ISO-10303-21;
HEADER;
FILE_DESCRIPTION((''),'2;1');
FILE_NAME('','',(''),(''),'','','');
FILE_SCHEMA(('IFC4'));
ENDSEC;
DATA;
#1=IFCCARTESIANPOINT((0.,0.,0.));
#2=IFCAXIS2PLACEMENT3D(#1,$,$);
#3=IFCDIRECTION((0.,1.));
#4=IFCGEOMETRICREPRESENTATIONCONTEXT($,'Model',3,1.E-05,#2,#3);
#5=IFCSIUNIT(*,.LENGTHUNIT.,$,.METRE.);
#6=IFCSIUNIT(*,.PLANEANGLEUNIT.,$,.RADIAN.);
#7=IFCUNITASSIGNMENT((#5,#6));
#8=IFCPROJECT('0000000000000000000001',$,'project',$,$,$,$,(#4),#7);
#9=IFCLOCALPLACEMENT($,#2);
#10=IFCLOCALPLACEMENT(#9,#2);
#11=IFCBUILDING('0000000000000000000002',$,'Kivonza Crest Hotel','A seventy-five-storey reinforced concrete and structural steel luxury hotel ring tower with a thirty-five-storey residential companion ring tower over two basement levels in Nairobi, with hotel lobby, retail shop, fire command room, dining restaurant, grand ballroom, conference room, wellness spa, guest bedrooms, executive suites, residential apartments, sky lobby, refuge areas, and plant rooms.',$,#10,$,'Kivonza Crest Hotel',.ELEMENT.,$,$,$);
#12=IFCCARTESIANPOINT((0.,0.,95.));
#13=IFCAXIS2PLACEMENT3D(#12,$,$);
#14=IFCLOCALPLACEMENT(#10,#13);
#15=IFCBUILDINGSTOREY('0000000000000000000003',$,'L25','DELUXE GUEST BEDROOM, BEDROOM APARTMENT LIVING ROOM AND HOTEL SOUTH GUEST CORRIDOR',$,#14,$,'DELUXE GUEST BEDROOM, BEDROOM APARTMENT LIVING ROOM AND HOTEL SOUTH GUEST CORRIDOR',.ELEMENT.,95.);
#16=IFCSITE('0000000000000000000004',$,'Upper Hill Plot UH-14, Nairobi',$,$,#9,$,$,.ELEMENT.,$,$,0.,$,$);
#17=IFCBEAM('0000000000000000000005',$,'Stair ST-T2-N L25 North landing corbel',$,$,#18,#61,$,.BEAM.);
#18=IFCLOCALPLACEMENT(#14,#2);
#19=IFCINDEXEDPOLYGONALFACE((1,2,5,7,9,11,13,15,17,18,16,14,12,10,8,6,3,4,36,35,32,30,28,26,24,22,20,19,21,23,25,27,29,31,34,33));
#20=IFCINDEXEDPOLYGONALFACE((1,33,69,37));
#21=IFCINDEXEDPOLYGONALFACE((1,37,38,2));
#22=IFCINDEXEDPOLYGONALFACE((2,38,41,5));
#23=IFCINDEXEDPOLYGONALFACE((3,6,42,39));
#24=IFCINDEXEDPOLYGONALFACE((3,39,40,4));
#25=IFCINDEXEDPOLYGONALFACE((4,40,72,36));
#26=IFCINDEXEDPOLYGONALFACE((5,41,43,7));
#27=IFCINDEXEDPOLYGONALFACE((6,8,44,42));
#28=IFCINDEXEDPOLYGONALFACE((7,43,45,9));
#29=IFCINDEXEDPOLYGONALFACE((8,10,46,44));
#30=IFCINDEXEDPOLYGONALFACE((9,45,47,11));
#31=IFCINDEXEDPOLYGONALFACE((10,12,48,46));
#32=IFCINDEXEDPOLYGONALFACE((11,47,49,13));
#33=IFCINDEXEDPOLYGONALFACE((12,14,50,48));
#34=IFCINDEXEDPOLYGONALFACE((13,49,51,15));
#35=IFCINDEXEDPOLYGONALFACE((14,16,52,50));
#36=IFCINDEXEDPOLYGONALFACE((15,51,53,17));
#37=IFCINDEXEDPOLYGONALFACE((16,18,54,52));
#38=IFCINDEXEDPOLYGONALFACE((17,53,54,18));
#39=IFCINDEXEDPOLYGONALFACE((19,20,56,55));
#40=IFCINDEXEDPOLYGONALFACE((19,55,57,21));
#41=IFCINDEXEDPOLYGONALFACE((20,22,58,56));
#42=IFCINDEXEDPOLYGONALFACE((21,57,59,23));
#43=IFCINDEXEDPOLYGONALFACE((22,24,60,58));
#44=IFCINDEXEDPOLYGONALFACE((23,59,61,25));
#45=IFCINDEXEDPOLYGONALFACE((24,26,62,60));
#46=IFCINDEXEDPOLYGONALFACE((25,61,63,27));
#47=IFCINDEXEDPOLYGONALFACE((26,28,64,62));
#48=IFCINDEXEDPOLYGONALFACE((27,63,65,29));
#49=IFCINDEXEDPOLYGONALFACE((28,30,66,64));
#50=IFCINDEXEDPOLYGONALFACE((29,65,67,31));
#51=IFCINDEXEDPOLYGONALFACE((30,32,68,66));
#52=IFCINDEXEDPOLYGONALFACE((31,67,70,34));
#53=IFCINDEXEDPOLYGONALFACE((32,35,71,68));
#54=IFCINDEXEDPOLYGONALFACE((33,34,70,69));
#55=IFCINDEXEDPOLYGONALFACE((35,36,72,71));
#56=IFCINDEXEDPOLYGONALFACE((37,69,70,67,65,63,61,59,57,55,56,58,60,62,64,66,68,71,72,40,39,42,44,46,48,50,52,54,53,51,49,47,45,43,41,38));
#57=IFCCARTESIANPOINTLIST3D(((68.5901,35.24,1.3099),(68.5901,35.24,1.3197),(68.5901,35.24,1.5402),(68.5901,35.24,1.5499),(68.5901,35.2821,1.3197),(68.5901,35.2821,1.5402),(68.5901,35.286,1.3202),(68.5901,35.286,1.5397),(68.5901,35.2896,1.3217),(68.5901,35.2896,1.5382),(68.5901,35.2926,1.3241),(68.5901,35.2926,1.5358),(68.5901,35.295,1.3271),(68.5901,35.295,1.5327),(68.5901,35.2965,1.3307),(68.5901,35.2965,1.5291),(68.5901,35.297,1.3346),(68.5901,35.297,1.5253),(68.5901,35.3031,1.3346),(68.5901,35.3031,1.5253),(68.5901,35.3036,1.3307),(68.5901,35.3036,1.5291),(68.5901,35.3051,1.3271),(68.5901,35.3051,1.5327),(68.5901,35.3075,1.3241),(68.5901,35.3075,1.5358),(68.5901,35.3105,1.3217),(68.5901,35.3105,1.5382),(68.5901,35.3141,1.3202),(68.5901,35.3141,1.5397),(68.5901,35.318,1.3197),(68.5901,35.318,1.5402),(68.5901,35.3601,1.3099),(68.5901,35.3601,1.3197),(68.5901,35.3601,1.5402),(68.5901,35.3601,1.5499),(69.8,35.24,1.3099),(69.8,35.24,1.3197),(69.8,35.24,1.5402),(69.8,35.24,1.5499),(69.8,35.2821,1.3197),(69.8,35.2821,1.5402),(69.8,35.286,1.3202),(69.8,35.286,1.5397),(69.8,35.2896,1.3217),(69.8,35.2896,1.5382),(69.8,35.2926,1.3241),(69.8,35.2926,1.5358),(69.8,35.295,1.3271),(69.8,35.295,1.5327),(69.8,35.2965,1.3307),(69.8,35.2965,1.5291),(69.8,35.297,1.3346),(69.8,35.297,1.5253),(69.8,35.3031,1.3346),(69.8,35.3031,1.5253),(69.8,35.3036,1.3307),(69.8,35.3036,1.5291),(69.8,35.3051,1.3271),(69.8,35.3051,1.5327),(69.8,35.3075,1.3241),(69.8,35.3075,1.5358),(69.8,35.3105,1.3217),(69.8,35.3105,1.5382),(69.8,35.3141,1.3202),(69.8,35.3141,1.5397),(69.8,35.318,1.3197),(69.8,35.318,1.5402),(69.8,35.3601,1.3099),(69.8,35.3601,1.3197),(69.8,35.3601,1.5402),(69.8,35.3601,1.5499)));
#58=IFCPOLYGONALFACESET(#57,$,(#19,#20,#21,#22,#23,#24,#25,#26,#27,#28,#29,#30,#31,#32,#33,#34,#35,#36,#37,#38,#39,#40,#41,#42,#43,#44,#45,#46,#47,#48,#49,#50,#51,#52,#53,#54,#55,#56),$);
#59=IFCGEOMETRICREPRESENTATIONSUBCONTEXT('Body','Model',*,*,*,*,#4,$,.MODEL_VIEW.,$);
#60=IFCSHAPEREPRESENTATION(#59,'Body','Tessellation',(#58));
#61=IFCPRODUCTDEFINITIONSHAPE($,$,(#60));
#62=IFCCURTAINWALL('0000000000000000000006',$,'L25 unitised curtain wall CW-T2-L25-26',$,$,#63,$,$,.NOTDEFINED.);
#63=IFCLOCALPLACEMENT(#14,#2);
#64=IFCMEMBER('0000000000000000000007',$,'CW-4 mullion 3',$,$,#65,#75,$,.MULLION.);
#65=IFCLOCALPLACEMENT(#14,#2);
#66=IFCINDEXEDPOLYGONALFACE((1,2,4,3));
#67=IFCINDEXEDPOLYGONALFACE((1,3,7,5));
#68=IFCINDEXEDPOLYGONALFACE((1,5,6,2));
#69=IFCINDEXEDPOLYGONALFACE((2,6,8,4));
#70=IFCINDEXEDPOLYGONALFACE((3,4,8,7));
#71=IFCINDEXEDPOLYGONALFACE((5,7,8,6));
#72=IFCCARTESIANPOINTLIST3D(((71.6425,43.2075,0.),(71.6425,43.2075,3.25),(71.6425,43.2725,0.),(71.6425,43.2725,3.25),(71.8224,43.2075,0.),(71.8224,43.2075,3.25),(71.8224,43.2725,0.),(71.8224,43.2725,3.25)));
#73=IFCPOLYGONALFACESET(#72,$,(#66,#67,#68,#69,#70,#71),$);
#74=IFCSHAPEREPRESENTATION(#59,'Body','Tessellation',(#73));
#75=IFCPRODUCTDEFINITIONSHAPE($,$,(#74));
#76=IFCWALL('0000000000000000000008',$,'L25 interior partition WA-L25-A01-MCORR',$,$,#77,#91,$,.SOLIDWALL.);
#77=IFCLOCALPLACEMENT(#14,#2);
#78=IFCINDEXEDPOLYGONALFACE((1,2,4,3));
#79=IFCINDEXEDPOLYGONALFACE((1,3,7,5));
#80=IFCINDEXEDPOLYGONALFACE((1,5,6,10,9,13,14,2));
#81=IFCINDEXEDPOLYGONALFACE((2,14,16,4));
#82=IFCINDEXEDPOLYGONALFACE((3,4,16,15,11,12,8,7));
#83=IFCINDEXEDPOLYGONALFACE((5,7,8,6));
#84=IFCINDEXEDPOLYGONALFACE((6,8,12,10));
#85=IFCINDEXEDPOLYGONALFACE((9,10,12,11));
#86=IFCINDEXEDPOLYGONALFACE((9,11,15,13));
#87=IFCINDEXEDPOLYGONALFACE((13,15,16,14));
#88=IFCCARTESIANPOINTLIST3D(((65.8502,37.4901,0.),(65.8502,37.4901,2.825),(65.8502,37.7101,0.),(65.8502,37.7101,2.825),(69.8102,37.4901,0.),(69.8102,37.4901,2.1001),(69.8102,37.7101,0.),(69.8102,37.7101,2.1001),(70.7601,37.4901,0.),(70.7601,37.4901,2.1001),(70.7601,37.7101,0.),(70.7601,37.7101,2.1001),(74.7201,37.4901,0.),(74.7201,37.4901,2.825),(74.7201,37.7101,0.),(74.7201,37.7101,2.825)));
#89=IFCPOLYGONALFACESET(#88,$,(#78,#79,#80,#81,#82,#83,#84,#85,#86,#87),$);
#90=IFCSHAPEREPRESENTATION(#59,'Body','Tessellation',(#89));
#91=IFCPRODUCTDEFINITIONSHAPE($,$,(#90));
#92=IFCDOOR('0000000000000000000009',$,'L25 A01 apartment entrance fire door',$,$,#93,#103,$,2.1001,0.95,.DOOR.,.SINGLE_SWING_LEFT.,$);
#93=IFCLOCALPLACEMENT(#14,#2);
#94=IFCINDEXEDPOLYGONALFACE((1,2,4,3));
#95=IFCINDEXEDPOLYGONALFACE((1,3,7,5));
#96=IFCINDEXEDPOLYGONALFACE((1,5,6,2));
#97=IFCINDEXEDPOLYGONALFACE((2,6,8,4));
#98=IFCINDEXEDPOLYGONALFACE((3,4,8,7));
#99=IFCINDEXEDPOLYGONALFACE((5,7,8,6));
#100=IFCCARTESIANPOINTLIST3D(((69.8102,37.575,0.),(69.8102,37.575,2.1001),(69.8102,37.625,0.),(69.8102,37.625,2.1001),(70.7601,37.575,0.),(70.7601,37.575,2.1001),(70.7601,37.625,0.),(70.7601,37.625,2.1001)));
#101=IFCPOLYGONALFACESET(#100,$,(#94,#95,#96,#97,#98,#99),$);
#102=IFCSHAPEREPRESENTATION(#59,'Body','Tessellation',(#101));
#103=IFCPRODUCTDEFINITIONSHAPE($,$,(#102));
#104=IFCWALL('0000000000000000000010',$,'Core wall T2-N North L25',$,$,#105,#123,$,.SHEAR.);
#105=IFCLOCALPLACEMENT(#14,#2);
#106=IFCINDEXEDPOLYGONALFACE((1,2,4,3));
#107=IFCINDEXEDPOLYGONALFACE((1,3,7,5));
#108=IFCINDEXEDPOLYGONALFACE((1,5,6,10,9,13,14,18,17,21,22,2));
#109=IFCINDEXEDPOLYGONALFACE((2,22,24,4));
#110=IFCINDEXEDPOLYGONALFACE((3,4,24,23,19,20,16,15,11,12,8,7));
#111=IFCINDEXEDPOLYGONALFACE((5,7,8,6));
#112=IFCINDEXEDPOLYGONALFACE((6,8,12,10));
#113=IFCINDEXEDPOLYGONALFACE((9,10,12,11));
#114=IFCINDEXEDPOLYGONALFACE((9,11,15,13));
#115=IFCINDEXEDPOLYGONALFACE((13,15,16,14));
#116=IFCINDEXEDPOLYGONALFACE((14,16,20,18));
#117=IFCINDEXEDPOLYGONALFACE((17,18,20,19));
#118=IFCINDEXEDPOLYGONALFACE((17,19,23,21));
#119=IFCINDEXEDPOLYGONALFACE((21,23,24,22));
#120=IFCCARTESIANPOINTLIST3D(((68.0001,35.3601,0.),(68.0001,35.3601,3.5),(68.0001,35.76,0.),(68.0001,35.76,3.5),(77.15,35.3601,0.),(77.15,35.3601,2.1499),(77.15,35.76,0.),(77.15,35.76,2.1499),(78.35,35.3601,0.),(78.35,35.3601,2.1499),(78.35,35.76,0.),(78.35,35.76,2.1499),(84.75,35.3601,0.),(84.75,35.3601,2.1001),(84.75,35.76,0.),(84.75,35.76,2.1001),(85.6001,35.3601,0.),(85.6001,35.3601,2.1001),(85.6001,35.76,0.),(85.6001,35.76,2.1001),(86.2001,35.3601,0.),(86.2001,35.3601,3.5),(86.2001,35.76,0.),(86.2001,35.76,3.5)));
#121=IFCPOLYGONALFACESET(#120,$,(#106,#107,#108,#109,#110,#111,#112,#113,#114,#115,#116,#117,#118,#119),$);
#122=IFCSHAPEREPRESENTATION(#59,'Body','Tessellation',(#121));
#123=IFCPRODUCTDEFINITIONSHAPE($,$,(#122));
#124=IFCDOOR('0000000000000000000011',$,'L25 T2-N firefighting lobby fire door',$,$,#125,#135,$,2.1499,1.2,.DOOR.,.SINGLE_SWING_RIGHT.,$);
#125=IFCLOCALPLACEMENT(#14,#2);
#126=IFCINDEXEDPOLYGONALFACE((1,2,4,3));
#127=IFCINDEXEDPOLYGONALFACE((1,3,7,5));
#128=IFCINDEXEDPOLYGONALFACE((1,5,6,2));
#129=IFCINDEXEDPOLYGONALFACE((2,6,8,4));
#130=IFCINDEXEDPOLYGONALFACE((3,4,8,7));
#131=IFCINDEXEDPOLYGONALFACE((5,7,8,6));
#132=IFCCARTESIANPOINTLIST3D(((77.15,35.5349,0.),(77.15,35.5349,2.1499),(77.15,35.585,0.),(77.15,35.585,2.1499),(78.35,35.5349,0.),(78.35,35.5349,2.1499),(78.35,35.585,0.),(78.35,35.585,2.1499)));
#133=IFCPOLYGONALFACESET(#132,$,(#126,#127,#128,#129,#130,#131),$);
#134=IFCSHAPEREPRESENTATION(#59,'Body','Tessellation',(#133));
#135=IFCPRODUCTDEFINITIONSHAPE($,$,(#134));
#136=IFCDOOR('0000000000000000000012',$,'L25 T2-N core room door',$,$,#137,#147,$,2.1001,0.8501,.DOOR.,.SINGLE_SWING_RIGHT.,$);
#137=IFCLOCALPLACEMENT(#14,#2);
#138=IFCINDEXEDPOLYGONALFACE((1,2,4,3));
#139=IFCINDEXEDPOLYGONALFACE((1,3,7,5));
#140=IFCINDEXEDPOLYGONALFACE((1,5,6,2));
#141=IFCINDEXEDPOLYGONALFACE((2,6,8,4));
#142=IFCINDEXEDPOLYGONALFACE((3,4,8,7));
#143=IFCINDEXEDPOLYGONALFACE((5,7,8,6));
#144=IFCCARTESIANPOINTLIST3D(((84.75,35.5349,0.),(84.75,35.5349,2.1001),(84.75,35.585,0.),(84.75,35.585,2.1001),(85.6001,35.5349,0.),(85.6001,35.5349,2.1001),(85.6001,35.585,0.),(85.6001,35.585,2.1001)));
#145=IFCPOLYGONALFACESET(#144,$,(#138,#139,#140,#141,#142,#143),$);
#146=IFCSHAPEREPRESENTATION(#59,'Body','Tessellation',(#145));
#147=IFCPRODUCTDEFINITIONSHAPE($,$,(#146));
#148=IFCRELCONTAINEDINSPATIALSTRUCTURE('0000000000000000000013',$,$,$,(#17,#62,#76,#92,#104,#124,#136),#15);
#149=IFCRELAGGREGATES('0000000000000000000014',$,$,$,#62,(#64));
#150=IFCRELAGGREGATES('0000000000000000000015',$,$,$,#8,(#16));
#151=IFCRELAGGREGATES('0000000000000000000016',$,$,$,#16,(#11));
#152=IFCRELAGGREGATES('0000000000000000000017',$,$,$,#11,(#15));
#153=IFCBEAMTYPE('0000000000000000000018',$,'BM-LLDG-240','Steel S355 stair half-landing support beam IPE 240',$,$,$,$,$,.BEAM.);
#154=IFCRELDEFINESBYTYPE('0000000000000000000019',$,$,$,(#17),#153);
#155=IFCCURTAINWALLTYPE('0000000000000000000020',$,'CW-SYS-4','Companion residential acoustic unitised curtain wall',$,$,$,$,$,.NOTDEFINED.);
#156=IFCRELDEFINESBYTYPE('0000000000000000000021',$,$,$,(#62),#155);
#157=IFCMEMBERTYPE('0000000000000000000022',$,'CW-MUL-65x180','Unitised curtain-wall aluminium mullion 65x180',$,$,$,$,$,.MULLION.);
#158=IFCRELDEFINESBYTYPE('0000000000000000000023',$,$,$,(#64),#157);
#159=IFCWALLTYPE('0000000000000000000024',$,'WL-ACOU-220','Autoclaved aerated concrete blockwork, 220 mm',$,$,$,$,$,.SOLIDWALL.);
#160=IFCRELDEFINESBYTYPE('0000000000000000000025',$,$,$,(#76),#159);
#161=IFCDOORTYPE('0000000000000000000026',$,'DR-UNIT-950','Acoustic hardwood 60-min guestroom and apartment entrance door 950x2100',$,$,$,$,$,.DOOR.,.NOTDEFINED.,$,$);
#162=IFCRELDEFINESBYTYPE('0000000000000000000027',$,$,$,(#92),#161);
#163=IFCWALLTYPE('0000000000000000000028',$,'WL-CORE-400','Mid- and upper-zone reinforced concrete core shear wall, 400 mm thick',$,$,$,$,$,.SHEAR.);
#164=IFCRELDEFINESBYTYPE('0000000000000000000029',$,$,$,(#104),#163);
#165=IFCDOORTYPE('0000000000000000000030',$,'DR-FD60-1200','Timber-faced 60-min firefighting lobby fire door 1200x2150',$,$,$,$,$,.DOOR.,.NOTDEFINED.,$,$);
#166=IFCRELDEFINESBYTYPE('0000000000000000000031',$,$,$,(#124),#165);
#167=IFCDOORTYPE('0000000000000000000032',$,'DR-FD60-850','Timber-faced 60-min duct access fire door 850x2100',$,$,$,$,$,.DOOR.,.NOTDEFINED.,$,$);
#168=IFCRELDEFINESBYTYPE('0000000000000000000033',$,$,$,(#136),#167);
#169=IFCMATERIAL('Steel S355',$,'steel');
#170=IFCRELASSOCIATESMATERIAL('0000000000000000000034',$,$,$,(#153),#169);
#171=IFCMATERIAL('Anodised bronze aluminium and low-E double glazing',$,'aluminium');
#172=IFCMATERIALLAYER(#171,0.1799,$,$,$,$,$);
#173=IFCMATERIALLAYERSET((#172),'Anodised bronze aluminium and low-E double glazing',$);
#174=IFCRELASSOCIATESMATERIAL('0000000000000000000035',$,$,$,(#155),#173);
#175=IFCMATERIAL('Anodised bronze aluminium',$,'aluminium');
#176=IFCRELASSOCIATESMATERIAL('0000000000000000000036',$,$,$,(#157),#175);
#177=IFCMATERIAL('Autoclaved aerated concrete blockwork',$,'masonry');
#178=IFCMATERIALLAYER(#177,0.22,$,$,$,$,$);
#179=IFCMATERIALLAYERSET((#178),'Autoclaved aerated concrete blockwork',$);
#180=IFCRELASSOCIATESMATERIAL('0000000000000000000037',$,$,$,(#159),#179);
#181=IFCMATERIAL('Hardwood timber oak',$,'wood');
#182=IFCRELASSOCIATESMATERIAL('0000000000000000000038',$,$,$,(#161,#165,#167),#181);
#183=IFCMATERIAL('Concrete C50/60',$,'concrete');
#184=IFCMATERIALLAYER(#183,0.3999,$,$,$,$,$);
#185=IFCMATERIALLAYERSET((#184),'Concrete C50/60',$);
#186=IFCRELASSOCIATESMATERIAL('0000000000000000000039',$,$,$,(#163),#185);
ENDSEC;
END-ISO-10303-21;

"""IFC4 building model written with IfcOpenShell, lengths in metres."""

from ifc_helpers import new_model, si_unit, direction, frame, frame_2d, origin, origin_2d, place, context, subcontext, project, spatial, rectangle, i_section, extrude, material, layer, layer_set, material_profile, profile_set, type_object, element, fill, aggregate, save


model = new_model("IFC4")

# Units and contexts
model_context = context("Model", 3, precision=1e-05, world=origin(), true_north=direction((0.0, 1.0)))
body_context = subcontext(model_context, "Body", "Model", "MODEL_VIEW")
ifc_project = project(units=[si_unit("LENGTHUNIT", "METRE"), si_unit("PLANEANGLEUNIT", "RADIAN")], contexts=[model_context])

# Site, building, storey
site_placement = place(None, origin())
site = spatial("IfcSite", under=ifc_project, at=site_placement, Name="Upper Hill Plot UH-14, Nairobi", CompositionType="ELEMENT", RefElevation=0.0)
building_placement = place(site_placement, origin())
building = spatial("IfcBuilding", under=site, at=building_placement, Name="Kivonza Crest Hotel", Description="A seventy-five-storey reinforced concrete and structural steel luxury hotel ring tower with a thirty-five-storey residential companion ring tower over two basement levels in Nairobi, with hotel lobby, retail shop, fire command room, dining restaurant, grand ballroom, conference room, wellness spa, guest bedrooms, executive suites, residential apartments, sky lobby, refuge areas, and plant rooms.", LongName="Kivonza Crest Hotel", CompositionType="ELEMENT")
storey_placement = place(building_placement, frame((0.0, 0.0, 95.0)))
storey = spatial("IfcBuildingStorey", under=building, at=storey_placement, Name="L25", Description="DELUXE GUEST BEDROOM, BEDROOM APARTMENT LIVING ROOM AND HOTEL SOUTH GUEST CORRIDOR", LongName="DELUXE GUEST BEDROOM, BEDROOM APARTMENT LIVING ROOM AND HOTEL SOUTH GUEST CORRIDOR", CompositionType="ELEMENT", Elevation=95.0)

# Shared definitions
ifc_material_1 = material(Name="Concrete C50/60", Category="concrete")

# Beam
ifc_material_2 = material(Name="Steel S355", Category="steel")
ifc_material_profile_1 = material_profile(ifc_material_2, i_section(OverallWidth=0.1201, OverallDepth=0.24, WebThickness=0.0061, FlangeThickness=0.0098, FilletRadius=0.0149, at=origin_2d()), Name="IPE 240")
ifc_profile_set_1 = profile_set([ifc_material_profile_1], Name="Steel S355")
beam_type_1 = type_object("IfcBeamType", Name="BM-LLDG-240", Description="Steel S355 stair half-landing support beam IPE 240", PredefinedType="BEAM", material=ifc_profile_set_1)
beam_1_placement = place(storey_placement, frame((68.5901, 35.3, 1.4299), z_axis=(1.0, 0.0, 0.0), x_axis=(0.0, 1.0, 0.0)))
element("IfcBeam", 1, at=beam_1_placement, inside=storey, type_object=beam_type_1, Name="Stair ST-T2-N L25 North landing corbel", PredefinedType="BEAM", context=body_context, shape_type="SweptSolid", body=[
    extrude(i_section(OverallWidth=0.1201, OverallDepth=0.24, WebThickness=0.0061, FlangeThickness=0.0098, FilletRadius=0.0149, at=origin_2d()), origin(), (0.0, 0.0, 1.0), 1.21),
])

# Curtain wall, member
ifc_material_3 = material(Name="Anodised bronze aluminium and low-E double glazing", Category="aluminium")
ifc_layer_1 = layer(ifc_material_3, 0.1799)
ifc_layer_set_1 = layer_set([ifc_layer_1], Name="Anodised bronze aluminium and low-E double glazing")
curtain_wall_type = type_object("IfcCurtainWallType", Name="CW-SYS-4", Description="Companion residential acoustic unitised curtain wall", PredefinedType="NOTDEFINED", material=ifc_layer_set_1)
curtain_wall_placement = place(storey_placement, origin())
curtain_wall = element("IfcCurtainWall", 2, at=curtain_wall_placement, inside=storey, type_object=curtain_wall_type, Name="L25 unitised curtain wall CW-T2-L25-26", PredefinedType="NOTDEFINED")
ifc_material_4 = material(Name="Anodised bronze aluminium", Category="aluminium")
ifc_material_profile_2 = material_profile(ifc_material_4, rectangle(XDim=0.0649, YDim=0.1799, at=origin_2d()), Name="CW-M 65x180")
ifc_profile_set_2 = profile_set([ifc_material_profile_2], Name="Anodised bronze aluminium")
member_type = type_object("IfcMemberType", Name="CW-MUL-65x180", Description="Unitised curtain-wall aluminium mullion 65x180", PredefinedType="MULLION", material=ifc_profile_set_2)
member_placement = place(storey_placement, frame((71.7324, 43.24, 0.0), z_axis=(0.0, 0.0, 1.0), x_axis=(0.0, -1.0, 0.0)))
member = element("IfcMember", 3, at=member_placement, type_object=member_type, Name="CW-4 mullion 3", PredefinedType="MULLION", context=body_context, shape_type="SweptSolid", body=[
    extrude(rectangle(XDim=0.0649, YDim=0.1799, at=origin_2d()), origin(), (0.0, 0.0, 1.0), 3.25),
])
aggregate(curtain_wall, [member])

# Wall, opening, door
ifc_material_5 = material(Name="Autoclaved aerated concrete blockwork", Category="masonry")
ifc_layer_2 = layer(ifc_material_5, 0.22)
ifc_layer_set_2 = layer_set([ifc_layer_2], Name="Autoclaved aerated concrete blockwork")
wall_type_1 = type_object("IfcWallType", Name="WL-ACOU-220", Description="Autoclaved aerated concrete blockwork, 220 mm", PredefinedType="SOLIDWALL", material=ifc_layer_set_2)
wall_1_placement = place(storey_placement, frame((65.8501, 37.6001, 0.0), z_axis=(0.0, 0.0, 1.0), x_axis=(1.0, 0.0, 0.0)))
wall_1 = element("IfcWall", 4, at=wall_1_placement, inside=storey, type_object=wall_type_1, Name="L25 interior partition WA-L25-A01-MCORR", PredefinedType="SOLIDWALL", context=body_context, shape_type="SweptSolid", body=[
    extrude(rectangle(XDim=8.8699, YDim=0.22, at=frame_2d((4.4351, 0.0))), origin(), (0.0, 0.0, 1.0), 2.825),
])
opening_1_placement = place(wall_1_placement, frame((3.96, 0.0, 0.0)))
opening_1 = element("IfcOpeningElement", 5, at=opening_1_placement, cuts=wall_1, PredefinedType="OPENING", context=body_context, shape_type="SweptSolid", body=[
    extrude(rectangle(XDim=0.95, YDim=2.1001, at=frame_2d((0.4751, 1.05))), frame((0.0, 0.1201, 0.0), z_axis=(0.0, -1.0, 0.0), x_axis=(1.0, 0.0, 0.0)), (0.0, 0.0, 1.0), 0.24),
])
ifc_material_6 = material(Name="Hardwood timber oak", Category="wood")
door_type_1 = type_object("IfcDoorType", Name="DR-UNIT-950", Description="Acoustic hardwood 60-min guestroom and apartment entrance door 950x2100", OperationType="NOTDEFINED", PredefinedType="DOOR", material=ifc_material_6)
door_1_placement = place(opening_1_placement, origin())
door_1 = element("IfcDoor", 6, at=door_1_placement, inside=storey, type_object=door_type_1, Name="L25 A01 apartment entrance fire door", OperationType="SINGLE_SWING_LEFT", OverallHeight=2.1001, OverallWidth=0.95, PredefinedType="DOOR", context=body_context, shape_type="SweptSolid", body=[
    extrude(rectangle(XDim=0.95, YDim=2.1001, at=frame_2d((0.4751, 1.05))), frame((0.0, 0.0249, 0.0), z_axis=(0.0, -1.0, 0.0), x_axis=(1.0, 0.0, 0.0)), (0.0, 0.0, 1.0), 0.05),
])
fill(opening_1, door_1)

# Wall, openings, doors
ifc_layer_3 = layer(ifc_material_1, 0.3999)
ifc_layer_set_3 = layer_set([ifc_layer_3], Name="Concrete C50/60")
wall_type_2 = type_object("IfcWallType", Name="WL-CORE-400", Description="Mid- and upper-zone reinforced concrete core shear wall, 400 mm thick", PredefinedType="SHEAR", material=ifc_layer_set_3)
wall_2_placement = place(storey_placement, frame((68.0, 35.5601, 0.0), z_axis=(0.0, 0.0, 1.0), x_axis=(1.0, 0.0, 0.0)))
wall_2 = element("IfcWall", 7, at=wall_2_placement, inside=storey, type_object=wall_type_2, Name="Core wall T2-N North L25", PredefinedType="SHEAR", context=body_context, shape_type="SweptSolid", body=[
    extrude(rectangle(XDim=18.2, YDim=0.3999, at=frame_2d((9.1001, 0.0))), origin(), (0.0, 0.0, 1.0), 3.5),
])
opening_2_placement = place(wall_2_placement, frame((9.1499, 0.0, 0.0)))
opening_2 = element("IfcOpeningElement", 8, at=opening_2_placement, cuts=wall_2, PredefinedType="OPENING", context=body_context, shape_type="SweptSolid", body=[
    extrude(rectangle(XDim=1.2, YDim=2.1499, at=frame_2d((0.6001, 1.075))), frame((0.0, 0.21, 0.0), z_axis=(0.0, -1.0, 0.0), x_axis=(1.0, 0.0, 0.0)), (0.0, 0.0, 1.0), 0.4199),
])
opening_3_placement = place(wall_2_placement, frame((16.75, 0.0, 0.0)))
opening_3 = element("IfcOpeningElement", 9, at=opening_3_placement, cuts=wall_2, PredefinedType="OPENING", context=body_context, shape_type="SweptSolid", body=[
    extrude(rectangle(XDim=0.8501, YDim=2.1001, at=frame_2d((0.425, 1.05))), frame((0.0, 0.21, 0.0), z_axis=(0.0, -1.0, 0.0), x_axis=(1.0, 0.0, 0.0)), (0.0, 0.0, 1.0), 0.4199),
])
door_type_2 = type_object("IfcDoorType", Name="DR-FD60-1200", Description="Timber-faced 60-min firefighting lobby fire door 1200x2150", OperationType="NOTDEFINED", PredefinedType="DOOR", material=ifc_material_6)
door_2_placement = place(opening_2_placement, origin())
door_2 = element("IfcDoor", 10, at=door_2_placement, inside=storey, type_object=door_type_2, Name="L25 T2-N firefighting lobby fire door", OperationType="SINGLE_SWING_RIGHT", OverallHeight=2.1499, OverallWidth=1.2, PredefinedType="DOOR", context=body_context, shape_type="SweptSolid", body=[
    extrude(rectangle(XDim=1.2, YDim=2.1499, at=frame_2d((0.6001, 1.075))), frame((0.0, 0.0249, 0.0), z_axis=(0.0, -1.0, 0.0), x_axis=(1.0, 0.0, 0.0)), (0.0, 0.0, 1.0), 0.05),
])
fill(opening_2, door_2)
door_type_3 = type_object("IfcDoorType", Name="DR-FD60-850", Description="Timber-faced 60-min duct access fire door 850x2100", OperationType="NOTDEFINED", PredefinedType="DOOR", material=ifc_material_6)
door_3_placement = place(opening_3_placement, origin())
door_3 = element("IfcDoor", 11, at=door_3_placement, inside=storey, type_object=door_type_3, Name="L25 T2-N core room door", OperationType="SINGLE_SWING_RIGHT", OverallHeight=2.1001, OverallWidth=0.8501, PredefinedType="DOOR", context=body_context, shape_type="SweptSolid", body=[
    extrude(rectangle(XDim=0.8501, YDim=2.1001, at=frame_2d((0.425, 1.05))), frame((0.0, 0.0249, 0.0), z_axis=(0.0, -1.0, 0.0), x_axis=(1.0, 0.0, 0.0)), (0.0, 0.0, 1.0), 0.05),
])
fill(opening_3, door_3)

save(model, "model.ifc")
